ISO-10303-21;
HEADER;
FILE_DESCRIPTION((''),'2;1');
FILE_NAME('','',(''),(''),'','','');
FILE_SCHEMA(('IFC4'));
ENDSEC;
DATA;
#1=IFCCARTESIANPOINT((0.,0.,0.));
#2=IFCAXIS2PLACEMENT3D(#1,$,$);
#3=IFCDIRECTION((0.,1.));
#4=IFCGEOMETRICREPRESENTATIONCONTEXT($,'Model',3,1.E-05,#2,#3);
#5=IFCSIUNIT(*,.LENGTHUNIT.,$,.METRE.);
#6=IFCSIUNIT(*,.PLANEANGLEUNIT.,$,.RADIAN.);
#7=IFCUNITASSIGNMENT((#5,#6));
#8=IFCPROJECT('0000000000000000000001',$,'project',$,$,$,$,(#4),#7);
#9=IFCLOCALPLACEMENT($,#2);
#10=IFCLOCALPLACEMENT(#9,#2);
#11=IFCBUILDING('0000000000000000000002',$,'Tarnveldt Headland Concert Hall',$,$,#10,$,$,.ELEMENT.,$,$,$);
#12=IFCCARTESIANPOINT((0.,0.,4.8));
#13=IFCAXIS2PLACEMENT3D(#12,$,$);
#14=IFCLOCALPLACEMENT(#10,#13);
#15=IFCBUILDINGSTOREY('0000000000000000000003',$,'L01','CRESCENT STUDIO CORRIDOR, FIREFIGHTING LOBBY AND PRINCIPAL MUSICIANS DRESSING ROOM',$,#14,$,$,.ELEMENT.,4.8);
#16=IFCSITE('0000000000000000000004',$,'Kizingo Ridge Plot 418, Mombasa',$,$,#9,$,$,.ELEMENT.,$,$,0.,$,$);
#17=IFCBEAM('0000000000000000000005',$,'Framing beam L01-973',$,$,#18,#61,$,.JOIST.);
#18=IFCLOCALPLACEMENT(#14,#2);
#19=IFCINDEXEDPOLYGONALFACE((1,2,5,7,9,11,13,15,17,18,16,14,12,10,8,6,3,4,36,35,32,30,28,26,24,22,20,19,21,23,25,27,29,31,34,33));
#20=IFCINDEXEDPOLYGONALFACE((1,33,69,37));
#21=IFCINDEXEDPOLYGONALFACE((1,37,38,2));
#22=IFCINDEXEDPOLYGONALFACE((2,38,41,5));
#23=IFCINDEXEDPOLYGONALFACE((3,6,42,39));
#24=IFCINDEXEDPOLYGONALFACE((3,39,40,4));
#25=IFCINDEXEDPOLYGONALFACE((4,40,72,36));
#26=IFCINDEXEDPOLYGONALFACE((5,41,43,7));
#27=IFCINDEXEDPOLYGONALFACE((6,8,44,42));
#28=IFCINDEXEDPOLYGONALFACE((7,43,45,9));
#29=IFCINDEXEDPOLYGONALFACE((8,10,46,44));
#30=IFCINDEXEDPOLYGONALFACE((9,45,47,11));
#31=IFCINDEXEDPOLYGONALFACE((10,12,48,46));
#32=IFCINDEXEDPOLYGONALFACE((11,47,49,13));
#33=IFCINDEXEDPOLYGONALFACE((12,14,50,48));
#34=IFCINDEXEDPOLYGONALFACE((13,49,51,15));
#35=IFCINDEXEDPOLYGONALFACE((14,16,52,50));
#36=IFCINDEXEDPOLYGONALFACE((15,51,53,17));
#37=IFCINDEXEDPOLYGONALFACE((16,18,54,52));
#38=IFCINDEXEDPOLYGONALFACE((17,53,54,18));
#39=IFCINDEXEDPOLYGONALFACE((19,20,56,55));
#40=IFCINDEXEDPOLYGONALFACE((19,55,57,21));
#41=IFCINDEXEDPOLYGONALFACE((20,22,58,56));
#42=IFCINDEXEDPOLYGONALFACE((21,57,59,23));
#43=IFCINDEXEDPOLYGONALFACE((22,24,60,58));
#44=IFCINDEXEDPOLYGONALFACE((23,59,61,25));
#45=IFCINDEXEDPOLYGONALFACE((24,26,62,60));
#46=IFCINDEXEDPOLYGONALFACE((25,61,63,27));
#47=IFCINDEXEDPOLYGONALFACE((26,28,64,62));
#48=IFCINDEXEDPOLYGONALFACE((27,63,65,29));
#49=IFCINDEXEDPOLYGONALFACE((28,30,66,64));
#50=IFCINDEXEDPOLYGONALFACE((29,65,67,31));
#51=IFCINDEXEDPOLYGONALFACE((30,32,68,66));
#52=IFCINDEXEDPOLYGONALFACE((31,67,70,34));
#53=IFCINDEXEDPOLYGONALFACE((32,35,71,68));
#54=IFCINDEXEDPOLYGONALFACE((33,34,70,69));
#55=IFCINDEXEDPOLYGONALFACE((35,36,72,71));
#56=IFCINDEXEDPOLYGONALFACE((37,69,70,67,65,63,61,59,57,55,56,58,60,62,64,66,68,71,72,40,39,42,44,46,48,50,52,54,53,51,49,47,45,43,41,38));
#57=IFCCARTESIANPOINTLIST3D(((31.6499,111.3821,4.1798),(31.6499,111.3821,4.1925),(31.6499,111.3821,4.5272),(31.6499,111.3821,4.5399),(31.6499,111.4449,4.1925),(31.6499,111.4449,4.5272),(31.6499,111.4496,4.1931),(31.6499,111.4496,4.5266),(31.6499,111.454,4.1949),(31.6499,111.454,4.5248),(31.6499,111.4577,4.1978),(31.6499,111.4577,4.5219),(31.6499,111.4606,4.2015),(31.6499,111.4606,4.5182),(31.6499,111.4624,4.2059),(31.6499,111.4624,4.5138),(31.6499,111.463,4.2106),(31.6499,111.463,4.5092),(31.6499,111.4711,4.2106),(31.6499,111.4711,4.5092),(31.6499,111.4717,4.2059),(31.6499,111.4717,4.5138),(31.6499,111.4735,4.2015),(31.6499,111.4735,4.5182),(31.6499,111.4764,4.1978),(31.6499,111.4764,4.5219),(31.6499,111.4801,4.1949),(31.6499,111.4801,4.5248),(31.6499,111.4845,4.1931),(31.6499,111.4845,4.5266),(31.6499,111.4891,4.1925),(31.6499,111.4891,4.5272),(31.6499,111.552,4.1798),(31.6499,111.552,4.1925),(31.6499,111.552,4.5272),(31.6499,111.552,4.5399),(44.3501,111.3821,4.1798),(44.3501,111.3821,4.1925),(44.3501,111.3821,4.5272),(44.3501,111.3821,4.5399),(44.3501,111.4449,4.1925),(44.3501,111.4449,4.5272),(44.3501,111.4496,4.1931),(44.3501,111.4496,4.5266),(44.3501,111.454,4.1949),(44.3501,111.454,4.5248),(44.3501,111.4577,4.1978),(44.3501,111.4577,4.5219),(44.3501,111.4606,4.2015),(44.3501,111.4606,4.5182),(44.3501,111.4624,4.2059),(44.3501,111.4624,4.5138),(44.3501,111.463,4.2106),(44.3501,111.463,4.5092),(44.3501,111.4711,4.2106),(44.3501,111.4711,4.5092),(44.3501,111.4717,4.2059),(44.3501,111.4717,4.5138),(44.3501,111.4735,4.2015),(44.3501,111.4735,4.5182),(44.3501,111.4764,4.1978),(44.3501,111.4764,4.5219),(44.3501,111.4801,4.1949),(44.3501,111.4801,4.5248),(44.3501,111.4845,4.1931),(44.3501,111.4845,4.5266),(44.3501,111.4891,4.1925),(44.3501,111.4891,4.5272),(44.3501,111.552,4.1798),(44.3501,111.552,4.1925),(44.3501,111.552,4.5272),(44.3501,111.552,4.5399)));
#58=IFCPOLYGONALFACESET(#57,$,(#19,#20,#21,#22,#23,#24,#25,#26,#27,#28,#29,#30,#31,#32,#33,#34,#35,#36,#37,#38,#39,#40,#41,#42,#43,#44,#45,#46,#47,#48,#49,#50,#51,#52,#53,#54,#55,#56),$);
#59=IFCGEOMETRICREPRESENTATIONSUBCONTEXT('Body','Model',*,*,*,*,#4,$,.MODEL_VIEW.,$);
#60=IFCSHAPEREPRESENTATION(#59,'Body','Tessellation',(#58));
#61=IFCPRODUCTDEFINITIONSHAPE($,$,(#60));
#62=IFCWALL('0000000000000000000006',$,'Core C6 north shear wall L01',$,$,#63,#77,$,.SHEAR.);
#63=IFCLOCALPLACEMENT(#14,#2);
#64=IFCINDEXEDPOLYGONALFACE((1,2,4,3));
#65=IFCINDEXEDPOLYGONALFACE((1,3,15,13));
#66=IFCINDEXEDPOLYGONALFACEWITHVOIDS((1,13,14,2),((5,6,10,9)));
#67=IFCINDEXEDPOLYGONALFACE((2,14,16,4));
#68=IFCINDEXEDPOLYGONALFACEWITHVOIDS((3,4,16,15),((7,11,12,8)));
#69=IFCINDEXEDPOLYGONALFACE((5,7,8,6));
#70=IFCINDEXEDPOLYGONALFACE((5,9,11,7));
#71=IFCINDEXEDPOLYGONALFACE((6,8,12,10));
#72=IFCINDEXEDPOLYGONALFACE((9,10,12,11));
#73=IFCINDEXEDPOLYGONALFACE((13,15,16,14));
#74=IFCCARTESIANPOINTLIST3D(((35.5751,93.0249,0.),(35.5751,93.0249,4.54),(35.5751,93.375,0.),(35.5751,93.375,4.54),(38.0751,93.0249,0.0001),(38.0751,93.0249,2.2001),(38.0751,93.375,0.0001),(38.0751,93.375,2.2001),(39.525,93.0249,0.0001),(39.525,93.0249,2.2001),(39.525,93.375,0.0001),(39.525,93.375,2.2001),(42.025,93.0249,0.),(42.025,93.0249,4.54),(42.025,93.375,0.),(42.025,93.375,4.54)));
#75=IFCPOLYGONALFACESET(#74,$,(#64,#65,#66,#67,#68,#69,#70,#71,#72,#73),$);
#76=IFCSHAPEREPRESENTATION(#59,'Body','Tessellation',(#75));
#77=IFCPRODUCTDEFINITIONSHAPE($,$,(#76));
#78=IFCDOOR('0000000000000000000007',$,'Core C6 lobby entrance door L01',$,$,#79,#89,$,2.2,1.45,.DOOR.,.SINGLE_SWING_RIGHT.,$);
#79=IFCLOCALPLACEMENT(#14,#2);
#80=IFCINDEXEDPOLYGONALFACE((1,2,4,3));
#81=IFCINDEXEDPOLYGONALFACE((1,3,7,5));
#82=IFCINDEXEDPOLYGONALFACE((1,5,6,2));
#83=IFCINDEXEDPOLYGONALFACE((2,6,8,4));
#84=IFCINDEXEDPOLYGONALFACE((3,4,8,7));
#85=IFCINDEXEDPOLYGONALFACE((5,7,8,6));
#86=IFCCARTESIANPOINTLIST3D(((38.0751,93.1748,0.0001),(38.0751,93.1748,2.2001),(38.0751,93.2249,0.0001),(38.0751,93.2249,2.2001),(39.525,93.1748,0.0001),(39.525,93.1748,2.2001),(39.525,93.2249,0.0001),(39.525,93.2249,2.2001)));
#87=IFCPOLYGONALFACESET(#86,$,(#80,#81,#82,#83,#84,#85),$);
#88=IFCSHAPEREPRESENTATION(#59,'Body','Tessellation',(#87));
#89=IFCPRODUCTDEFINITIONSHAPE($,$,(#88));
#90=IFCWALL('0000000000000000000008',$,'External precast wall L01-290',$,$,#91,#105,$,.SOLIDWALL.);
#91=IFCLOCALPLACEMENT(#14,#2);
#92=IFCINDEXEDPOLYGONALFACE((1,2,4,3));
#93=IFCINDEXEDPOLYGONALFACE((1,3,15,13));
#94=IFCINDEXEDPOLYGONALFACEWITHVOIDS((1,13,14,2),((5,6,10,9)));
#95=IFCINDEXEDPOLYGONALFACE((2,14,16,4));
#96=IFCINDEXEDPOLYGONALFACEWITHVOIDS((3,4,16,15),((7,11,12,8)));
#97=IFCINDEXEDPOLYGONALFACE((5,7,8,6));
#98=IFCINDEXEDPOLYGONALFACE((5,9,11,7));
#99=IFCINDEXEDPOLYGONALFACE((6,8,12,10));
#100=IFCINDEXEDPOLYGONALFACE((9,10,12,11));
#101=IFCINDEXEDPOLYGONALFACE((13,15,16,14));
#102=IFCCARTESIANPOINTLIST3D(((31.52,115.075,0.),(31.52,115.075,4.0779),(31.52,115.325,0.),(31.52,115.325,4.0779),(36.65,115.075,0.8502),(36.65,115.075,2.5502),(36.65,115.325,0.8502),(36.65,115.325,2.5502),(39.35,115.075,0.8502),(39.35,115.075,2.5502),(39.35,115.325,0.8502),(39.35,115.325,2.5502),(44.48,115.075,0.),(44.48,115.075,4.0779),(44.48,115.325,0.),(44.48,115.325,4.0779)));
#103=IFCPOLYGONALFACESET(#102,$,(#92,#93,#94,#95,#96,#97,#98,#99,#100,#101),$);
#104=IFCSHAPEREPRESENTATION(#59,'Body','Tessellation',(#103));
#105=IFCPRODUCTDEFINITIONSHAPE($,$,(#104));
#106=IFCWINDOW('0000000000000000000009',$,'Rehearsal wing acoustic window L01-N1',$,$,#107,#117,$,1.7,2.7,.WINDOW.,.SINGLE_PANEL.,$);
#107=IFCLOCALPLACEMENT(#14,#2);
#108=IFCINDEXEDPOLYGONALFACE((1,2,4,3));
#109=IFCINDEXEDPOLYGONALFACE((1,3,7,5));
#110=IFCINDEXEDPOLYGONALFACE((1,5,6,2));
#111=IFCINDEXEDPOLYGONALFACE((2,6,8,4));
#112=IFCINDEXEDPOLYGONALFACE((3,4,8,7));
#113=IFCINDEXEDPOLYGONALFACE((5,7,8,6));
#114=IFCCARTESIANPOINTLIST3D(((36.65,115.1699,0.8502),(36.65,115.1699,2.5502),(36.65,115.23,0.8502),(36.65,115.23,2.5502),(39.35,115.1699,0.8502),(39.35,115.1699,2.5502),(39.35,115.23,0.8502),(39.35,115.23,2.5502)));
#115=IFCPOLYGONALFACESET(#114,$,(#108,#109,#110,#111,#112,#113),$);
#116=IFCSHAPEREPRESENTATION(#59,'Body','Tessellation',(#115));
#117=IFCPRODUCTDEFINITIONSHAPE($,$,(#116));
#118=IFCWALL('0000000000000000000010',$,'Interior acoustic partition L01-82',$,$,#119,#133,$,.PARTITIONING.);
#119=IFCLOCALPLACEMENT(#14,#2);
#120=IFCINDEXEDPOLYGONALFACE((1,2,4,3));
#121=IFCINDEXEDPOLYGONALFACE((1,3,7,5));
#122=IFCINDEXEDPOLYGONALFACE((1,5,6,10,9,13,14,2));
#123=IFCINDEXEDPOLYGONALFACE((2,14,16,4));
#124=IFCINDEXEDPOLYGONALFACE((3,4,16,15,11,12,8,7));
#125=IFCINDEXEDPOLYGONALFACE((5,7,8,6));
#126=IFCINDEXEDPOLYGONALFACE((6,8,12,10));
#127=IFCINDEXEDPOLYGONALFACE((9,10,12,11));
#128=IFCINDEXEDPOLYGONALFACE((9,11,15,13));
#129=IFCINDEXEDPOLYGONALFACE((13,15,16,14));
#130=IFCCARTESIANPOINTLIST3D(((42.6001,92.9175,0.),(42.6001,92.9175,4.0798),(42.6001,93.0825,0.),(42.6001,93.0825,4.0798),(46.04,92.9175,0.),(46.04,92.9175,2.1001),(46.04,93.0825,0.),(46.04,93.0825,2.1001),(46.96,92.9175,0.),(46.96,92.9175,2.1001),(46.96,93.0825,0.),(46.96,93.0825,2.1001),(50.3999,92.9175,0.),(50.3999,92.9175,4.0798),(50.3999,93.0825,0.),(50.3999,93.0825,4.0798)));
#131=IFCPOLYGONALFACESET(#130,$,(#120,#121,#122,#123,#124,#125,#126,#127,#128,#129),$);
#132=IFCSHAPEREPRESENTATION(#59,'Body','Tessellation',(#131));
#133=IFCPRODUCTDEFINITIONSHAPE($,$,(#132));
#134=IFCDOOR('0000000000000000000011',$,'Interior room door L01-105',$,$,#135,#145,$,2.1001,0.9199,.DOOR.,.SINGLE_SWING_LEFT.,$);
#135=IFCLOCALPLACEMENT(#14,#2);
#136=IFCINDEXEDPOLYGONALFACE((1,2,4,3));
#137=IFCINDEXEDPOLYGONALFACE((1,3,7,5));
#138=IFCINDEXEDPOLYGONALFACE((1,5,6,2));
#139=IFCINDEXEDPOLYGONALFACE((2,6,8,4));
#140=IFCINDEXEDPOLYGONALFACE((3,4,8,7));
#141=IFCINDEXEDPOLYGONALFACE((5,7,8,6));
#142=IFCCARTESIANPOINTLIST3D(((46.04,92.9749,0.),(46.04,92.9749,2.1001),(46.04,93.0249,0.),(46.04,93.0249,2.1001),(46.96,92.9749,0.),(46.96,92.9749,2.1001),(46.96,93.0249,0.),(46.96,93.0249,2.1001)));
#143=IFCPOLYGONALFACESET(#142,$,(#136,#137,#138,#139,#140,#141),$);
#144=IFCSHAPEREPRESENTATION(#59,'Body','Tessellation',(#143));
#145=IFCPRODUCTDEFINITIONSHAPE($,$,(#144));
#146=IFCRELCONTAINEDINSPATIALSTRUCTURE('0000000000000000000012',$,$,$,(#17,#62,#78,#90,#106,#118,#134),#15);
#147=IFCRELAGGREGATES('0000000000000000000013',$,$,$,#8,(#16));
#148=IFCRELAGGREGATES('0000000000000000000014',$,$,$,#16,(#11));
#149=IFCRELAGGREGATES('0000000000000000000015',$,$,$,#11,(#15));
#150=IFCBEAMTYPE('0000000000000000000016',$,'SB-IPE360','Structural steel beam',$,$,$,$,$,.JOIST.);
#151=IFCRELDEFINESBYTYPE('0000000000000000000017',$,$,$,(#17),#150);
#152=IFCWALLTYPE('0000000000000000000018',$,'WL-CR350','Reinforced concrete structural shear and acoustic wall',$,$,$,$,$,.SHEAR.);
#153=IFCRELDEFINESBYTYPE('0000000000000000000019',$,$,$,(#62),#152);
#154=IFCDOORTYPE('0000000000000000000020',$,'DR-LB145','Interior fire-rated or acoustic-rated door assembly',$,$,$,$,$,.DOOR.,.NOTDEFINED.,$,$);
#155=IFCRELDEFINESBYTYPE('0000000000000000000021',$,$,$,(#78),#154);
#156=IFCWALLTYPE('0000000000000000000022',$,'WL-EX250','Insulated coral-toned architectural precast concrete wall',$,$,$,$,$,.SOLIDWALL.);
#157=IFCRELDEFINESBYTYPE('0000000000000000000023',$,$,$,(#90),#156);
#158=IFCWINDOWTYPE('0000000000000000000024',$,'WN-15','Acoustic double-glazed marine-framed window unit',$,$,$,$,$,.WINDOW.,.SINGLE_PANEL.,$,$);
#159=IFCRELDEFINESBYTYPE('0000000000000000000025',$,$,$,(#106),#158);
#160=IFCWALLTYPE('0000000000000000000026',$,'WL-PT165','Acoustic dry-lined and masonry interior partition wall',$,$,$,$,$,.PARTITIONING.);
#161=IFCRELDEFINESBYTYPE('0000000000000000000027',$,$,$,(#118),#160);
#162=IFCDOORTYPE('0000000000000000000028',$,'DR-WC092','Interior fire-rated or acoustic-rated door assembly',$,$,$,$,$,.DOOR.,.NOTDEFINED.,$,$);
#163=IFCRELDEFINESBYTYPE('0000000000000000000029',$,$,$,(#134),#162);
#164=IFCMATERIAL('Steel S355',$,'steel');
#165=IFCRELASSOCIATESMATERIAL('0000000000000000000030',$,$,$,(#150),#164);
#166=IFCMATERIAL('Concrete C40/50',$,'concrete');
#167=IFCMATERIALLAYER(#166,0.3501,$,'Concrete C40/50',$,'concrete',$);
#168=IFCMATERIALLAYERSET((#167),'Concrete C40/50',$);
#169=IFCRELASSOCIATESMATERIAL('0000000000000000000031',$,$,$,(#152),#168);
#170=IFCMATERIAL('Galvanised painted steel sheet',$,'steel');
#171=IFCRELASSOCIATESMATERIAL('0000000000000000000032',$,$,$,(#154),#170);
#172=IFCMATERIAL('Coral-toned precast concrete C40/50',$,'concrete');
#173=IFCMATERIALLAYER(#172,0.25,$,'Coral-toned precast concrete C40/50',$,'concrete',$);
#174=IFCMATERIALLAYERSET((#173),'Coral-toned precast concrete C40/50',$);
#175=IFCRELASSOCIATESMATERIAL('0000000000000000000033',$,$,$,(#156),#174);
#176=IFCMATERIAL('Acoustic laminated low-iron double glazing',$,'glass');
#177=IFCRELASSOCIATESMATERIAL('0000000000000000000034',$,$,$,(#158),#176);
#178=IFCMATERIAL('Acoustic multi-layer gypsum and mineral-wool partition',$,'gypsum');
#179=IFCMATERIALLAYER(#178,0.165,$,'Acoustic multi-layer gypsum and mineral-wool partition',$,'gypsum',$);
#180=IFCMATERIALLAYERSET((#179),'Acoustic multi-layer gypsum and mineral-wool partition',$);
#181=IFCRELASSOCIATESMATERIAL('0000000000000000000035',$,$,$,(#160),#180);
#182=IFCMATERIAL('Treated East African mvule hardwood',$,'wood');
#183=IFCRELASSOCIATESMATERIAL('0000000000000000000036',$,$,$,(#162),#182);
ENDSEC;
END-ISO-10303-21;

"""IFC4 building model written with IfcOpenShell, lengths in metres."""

from ifc_helpers import new_model, si_unit, direction, frame, frame_2d, origin, origin_2d, place, context, subcontext, project, spatial, rectangle, i_section, extrude, material, layer, layer_set, material_profile, profile_set, type_object, element, fill, save


model = new_model("IFC4")

# Units and contexts
model_context = context("Model", 3, precision=1e-05, world=origin(), true_north=direction((0.0, 1.0)))
body_context = subcontext(model_context, "Body", "Model", "MODEL_VIEW")
ifc_project = project(units=[si_unit("LENGTHUNIT", "METRE"), si_unit("PLANEANGLEUNIT", "RADIAN")], contexts=[model_context])

# Site, building, storey
site_placement = place(None, origin())
site = spatial("IfcSite", under=ifc_project, at=site_placement, Name="Kizingo Ridge Plot 418, Mombasa", CompositionType="ELEMENT", RefElevation=0.0)
building_placement = place(site_placement, origin())
building = spatial("IfcBuilding", under=site, at=building_placement, Name="Tarnveldt Headland Concert Hall", CompositionType="ELEMENT")
storey_placement = place(building_placement, frame((0.0, 0.0, 4.8)))
storey = spatial("IfcBuildingStorey", under=building, at=storey_placement, Name="L01", Description="CRESCENT STUDIO CORRIDOR, FIREFIGHTING LOBBY AND PRINCIPAL MUSICIANS DRESSING ROOM", CompositionType="ELEMENT", Elevation=4.8)

# Shared definitions
ifc_material_1 = material(Name="Steel S355", Category="steel")

# Beam
ifc_material_profile_1 = material_profile(ifc_material_1, i_section(OverallWidth=0.1699, OverallDepth=0.3601, WebThickness=0.0081, FlangeThickness=0.0127, FilletRadius=0.0181, at=origin_2d()), Name="IPE360", Category="steel")
ifc_profile_set_1 = profile_set([ifc_material_profile_1], Name="Steel S355")
beam_type_1 = type_object("IfcBeamType", Name="SB-IPE360", Description="Structural steel beam", PredefinedType="JOIST", material=ifc_profile_set_1)
for number, where, z_axis, x_axis, name in (
    (1, (31.6499, 111.467, 4.3599), (1.0, 0.0, 0.0), (0.0, 1.0, 0.0), "Framing beam L01-973"),
):
    element("IfcBeam", number, at=place(storey_placement, frame(where, z_axis=z_axis, x_axis=x_axis)), inside=storey, type_object=beam_type_1, Name=name, PredefinedType="JOIST", context=body_context, shape_type="SweptSolid", body=[
        extrude(i_section(OverallWidth=0.1699, OverallDepth=0.3601, WebThickness=0.0081, FlangeThickness=0.0127, FilletRadius=0.0181, at=origin_2d()), origin(), (0.0, 0.0, 1.0), 12.7002),
    ])

# Wall, opening, door
ifc_material_2 = material(Name="Concrete C40/50", Category="concrete")
ifc_layer_1 = layer(ifc_material_2, 0.3501, Name="Concrete C40/50", Category="concrete")
ifc_layer_set_1 = layer_set([ifc_layer_1], Name="Concrete C40/50")
wall_type_1 = type_object("IfcWallType", Name="WL-CR350", Description="Reinforced concrete structural shear and acoustic wall", PredefinedType="SHEAR", material=ifc_layer_set_1)
wall_1_placement = place(storey_placement, frame((35.575, 93.2, 0.0), z_axis=(0.0, 0.0, 1.0), x_axis=(1.0, 0.0, 0.0)))
wall_1 = element("IfcWall", 2, at=wall_1_placement, inside=storey, type_object=wall_type_1, Name="Core C6 north shear wall L01", PredefinedType="SHEAR", context=body_context, shape_type="SweptSolid", body=[
    extrude(rectangle(XDim=6.45, YDim=0.3501, at=frame_2d((3.2251, 0.0))), origin(), (0.0, 0.0, 1.0), 4.54),
])
opening_1_placement = place(wall_1_placement, frame((2.5, 0.0, 0.0)))
opening_1 = element("IfcOpeningElement", 3, at=opening_1_placement, cuts=wall_1, PredefinedType="OPENING", context=body_context, shape_type="SweptSolid", body=[
    extrude(rectangle(XDim=1.45, YDim=2.2, at=frame_2d((0.7251, 1.1001))), frame((0.0, 0.1851, 0.0), z_axis=(0.0, -1.0, 0.0), x_axis=(1.0, 0.0, 0.0)), (0.0, 0.0, 1.0), 0.3701),
])
ifc_material_3 = material(Name="Galvanised painted steel sheet", Category="steel")
door_type_1 = type_object("IfcDoorType", Name="DR-LB145", Description="Interior fire-rated or acoustic-rated door assembly", OperationType="NOTDEFINED", PredefinedType="DOOR", material=ifc_material_3)
door_1_placement = place(opening_1_placement, origin())
door_1 = element("IfcDoor", 4, at=door_1_placement, inside=storey, type_object=door_type_1, Name="Core C6 lobby entrance door L01", OperationType="SINGLE_SWING_RIGHT", OverallHeight=2.2, OverallWidth=1.45, PredefinedType="DOOR", context=body_context, shape_type="SweptSolid", body=[
    extrude(rectangle(XDim=1.45, YDim=2.2, at=frame_2d((0.7251, 1.1001))), frame((0.0, 0.0249, 0.0), z_axis=(0.0, -1.0, 0.0), x_axis=(1.0, 0.0, 0.0)), (0.0, 0.0, 1.0), 0.05),
])
fill(opening_1, door_1)

# Wall, opening, window
ifc_material_4 = material(Name="Coral-toned precast concrete C40/50", Category="concrete")
ifc_layer_2 = layer(ifc_material_4, 0.25, Name="Coral-toned precast concrete C40/50", Category="concrete")
ifc_layer_set_2 = layer_set([ifc_layer_2], Name="Coral-toned precast concrete C40/50")
wall_type_2 = type_object("IfcWallType", Name="WL-EX250", Description="Insulated coral-toned architectural precast concrete wall", PredefinedType="SOLIDWALL", material=ifc_layer_set_2)
wall_2_placement = place(storey_placement, frame((31.52, 115.2, 0.0), z_axis=(0.0, 0.0, 1.0), x_axis=(1.0, 0.0, 0.0)))
wall_2 = element("IfcWall", 5, at=wall_2_placement, inside=storey, type_object=wall_type_2, Name="External precast wall L01-290", PredefinedType="SOLIDWALL", context=body_context, shape_type="SweptSolid", body=[
    extrude(rectangle(XDim=12.96, YDim=0.25, at=frame_2d((6.48, 0.0))), origin(), (0.0, 0.0, 1.0), 4.0779),
])
opening_2_placement = place(wall_2_placement, frame((5.1299, 0.0, 0.8501)))
opening_2 = element("IfcOpeningElement", 6, at=opening_2_placement, cuts=wall_2, PredefinedType="OPENING", context=body_context, shape_type="SweptSolid", body=[
    extrude(rectangle(XDim=2.7, YDim=1.7, at=frame_2d((1.3501, 0.8501))), frame((0.0, 0.135, 0.0), z_axis=(0.0, -1.0, 0.0), x_axis=(1.0, 0.0, 0.0)), (0.0, 0.0, 1.0), 0.27),
])
ifc_material_5 = material(Name="Acoustic laminated low-iron double glazing", Category="glass")
window_type = type_object("IfcWindowType", Name="WN-15", Description="Acoustic double-glazed marine-framed window unit", PartitioningType="SINGLE_PANEL", PredefinedType="WINDOW", material=ifc_material_5)
window_placement = place(opening_2_placement, origin())
window = element("IfcWindow", 7, at=window_placement, inside=storey, type_object=window_type, Name="Rehearsal wing acoustic window L01-N1", OverallHeight=1.7, OverallWidth=2.7, PartitioningType="SINGLE_PANEL", PredefinedType="WINDOW", context=body_context, shape_type="SweptSolid", body=[
    extrude(rectangle(XDim=2.7, YDim=1.7, at=frame_2d((1.3501, 0.8501))), frame((0.0, 0.03, 0.0), z_axis=(0.0, -1.0, 0.0), x_axis=(1.0, 0.0, 0.0)), (0.0, 0.0, 1.0), 0.0601),
])
fill(opening_2, window)

# Wall, opening, door
ifc_material_6 = material(Name="Acoustic multi-layer gypsum and mineral-wool partition", Category="gypsum")
ifc_layer_3 = layer(ifc_material_6, 0.165, Name="Acoustic multi-layer gypsum and mineral-wool partition", Category="gypsum")
ifc_layer_set_3 = layer_set([ifc_layer_3], Name="Acoustic multi-layer gypsum and mineral-wool partition")
wall_type_3 = type_object("IfcWallType", Name="WL-PT165", Description="Acoustic dry-lined and masonry interior partition wall", PredefinedType="PARTITIONING", material=ifc_layer_set_3)
wall_3_placement = place(storey_placement, frame((42.6001, 93.0, 0.0), z_axis=(0.0, 0.0, 1.0), x_axis=(1.0, 0.0, 0.0)))
wall_3 = element("IfcWall", 8, at=wall_3_placement, inside=storey, type_object=wall_type_3, Name="Interior acoustic partition L01-82", PredefinedType="PARTITIONING", context=body_context, shape_type="SweptSolid", body=[
    extrude(rectangle(XDim=7.7998, YDim=0.165, at=frame_2d((3.8999, 0.0))), origin(), (0.0, 0.0, 1.0), 4.0798),
])
opening_3_placement = place(wall_3_placement, frame((3.4399, 0.0, 0.0)))
opening_3 = element("IfcOpeningElement", 9, at=opening_3_placement, cuts=wall_3, PredefinedType="OPENING", context=body_context, shape_type="SweptSolid", body=[
    extrude(rectangle(XDim=0.9199, YDim=2.1001, at=frame_2d((0.46, 1.05))), frame((0.0, 0.0925, 0.0), z_axis=(0.0, -1.0, 0.0), x_axis=(1.0, 0.0, 0.0)), (0.0, 0.0, 1.0), 0.1851),
])
ifc_material_7 = material(Name="Treated East African mvule hardwood", Category="wood")
door_type_2 = type_object("IfcDoorType", Name="DR-WC092", Description="Interior fire-rated or acoustic-rated door assembly", OperationType="NOTDEFINED", PredefinedType="DOOR", material=ifc_material_7)
door_2_placement = place(opening_3_placement, origin())
door_2 = element("IfcDoor", 10, at=door_2_placement, inside=storey, type_object=door_type_2, Name="Interior room door L01-105", OperationType="SINGLE_SWING_LEFT", OverallHeight=2.1001, OverallWidth=0.9199, PredefinedType="DOOR", context=body_context, shape_type="SweptSolid", body=[
    extrude(rectangle(XDim=0.9199, YDim=2.1001, at=frame_2d((0.46, 1.05))), frame((0.0, 0.0249, 0.0), z_axis=(0.0, -1.0, 0.0), x_axis=(1.0, 0.0, 0.0)), (0.0, 0.0, 1.0), 0.05),
])
fill(opening_3, door_2)

save(model, "model.ifc")
